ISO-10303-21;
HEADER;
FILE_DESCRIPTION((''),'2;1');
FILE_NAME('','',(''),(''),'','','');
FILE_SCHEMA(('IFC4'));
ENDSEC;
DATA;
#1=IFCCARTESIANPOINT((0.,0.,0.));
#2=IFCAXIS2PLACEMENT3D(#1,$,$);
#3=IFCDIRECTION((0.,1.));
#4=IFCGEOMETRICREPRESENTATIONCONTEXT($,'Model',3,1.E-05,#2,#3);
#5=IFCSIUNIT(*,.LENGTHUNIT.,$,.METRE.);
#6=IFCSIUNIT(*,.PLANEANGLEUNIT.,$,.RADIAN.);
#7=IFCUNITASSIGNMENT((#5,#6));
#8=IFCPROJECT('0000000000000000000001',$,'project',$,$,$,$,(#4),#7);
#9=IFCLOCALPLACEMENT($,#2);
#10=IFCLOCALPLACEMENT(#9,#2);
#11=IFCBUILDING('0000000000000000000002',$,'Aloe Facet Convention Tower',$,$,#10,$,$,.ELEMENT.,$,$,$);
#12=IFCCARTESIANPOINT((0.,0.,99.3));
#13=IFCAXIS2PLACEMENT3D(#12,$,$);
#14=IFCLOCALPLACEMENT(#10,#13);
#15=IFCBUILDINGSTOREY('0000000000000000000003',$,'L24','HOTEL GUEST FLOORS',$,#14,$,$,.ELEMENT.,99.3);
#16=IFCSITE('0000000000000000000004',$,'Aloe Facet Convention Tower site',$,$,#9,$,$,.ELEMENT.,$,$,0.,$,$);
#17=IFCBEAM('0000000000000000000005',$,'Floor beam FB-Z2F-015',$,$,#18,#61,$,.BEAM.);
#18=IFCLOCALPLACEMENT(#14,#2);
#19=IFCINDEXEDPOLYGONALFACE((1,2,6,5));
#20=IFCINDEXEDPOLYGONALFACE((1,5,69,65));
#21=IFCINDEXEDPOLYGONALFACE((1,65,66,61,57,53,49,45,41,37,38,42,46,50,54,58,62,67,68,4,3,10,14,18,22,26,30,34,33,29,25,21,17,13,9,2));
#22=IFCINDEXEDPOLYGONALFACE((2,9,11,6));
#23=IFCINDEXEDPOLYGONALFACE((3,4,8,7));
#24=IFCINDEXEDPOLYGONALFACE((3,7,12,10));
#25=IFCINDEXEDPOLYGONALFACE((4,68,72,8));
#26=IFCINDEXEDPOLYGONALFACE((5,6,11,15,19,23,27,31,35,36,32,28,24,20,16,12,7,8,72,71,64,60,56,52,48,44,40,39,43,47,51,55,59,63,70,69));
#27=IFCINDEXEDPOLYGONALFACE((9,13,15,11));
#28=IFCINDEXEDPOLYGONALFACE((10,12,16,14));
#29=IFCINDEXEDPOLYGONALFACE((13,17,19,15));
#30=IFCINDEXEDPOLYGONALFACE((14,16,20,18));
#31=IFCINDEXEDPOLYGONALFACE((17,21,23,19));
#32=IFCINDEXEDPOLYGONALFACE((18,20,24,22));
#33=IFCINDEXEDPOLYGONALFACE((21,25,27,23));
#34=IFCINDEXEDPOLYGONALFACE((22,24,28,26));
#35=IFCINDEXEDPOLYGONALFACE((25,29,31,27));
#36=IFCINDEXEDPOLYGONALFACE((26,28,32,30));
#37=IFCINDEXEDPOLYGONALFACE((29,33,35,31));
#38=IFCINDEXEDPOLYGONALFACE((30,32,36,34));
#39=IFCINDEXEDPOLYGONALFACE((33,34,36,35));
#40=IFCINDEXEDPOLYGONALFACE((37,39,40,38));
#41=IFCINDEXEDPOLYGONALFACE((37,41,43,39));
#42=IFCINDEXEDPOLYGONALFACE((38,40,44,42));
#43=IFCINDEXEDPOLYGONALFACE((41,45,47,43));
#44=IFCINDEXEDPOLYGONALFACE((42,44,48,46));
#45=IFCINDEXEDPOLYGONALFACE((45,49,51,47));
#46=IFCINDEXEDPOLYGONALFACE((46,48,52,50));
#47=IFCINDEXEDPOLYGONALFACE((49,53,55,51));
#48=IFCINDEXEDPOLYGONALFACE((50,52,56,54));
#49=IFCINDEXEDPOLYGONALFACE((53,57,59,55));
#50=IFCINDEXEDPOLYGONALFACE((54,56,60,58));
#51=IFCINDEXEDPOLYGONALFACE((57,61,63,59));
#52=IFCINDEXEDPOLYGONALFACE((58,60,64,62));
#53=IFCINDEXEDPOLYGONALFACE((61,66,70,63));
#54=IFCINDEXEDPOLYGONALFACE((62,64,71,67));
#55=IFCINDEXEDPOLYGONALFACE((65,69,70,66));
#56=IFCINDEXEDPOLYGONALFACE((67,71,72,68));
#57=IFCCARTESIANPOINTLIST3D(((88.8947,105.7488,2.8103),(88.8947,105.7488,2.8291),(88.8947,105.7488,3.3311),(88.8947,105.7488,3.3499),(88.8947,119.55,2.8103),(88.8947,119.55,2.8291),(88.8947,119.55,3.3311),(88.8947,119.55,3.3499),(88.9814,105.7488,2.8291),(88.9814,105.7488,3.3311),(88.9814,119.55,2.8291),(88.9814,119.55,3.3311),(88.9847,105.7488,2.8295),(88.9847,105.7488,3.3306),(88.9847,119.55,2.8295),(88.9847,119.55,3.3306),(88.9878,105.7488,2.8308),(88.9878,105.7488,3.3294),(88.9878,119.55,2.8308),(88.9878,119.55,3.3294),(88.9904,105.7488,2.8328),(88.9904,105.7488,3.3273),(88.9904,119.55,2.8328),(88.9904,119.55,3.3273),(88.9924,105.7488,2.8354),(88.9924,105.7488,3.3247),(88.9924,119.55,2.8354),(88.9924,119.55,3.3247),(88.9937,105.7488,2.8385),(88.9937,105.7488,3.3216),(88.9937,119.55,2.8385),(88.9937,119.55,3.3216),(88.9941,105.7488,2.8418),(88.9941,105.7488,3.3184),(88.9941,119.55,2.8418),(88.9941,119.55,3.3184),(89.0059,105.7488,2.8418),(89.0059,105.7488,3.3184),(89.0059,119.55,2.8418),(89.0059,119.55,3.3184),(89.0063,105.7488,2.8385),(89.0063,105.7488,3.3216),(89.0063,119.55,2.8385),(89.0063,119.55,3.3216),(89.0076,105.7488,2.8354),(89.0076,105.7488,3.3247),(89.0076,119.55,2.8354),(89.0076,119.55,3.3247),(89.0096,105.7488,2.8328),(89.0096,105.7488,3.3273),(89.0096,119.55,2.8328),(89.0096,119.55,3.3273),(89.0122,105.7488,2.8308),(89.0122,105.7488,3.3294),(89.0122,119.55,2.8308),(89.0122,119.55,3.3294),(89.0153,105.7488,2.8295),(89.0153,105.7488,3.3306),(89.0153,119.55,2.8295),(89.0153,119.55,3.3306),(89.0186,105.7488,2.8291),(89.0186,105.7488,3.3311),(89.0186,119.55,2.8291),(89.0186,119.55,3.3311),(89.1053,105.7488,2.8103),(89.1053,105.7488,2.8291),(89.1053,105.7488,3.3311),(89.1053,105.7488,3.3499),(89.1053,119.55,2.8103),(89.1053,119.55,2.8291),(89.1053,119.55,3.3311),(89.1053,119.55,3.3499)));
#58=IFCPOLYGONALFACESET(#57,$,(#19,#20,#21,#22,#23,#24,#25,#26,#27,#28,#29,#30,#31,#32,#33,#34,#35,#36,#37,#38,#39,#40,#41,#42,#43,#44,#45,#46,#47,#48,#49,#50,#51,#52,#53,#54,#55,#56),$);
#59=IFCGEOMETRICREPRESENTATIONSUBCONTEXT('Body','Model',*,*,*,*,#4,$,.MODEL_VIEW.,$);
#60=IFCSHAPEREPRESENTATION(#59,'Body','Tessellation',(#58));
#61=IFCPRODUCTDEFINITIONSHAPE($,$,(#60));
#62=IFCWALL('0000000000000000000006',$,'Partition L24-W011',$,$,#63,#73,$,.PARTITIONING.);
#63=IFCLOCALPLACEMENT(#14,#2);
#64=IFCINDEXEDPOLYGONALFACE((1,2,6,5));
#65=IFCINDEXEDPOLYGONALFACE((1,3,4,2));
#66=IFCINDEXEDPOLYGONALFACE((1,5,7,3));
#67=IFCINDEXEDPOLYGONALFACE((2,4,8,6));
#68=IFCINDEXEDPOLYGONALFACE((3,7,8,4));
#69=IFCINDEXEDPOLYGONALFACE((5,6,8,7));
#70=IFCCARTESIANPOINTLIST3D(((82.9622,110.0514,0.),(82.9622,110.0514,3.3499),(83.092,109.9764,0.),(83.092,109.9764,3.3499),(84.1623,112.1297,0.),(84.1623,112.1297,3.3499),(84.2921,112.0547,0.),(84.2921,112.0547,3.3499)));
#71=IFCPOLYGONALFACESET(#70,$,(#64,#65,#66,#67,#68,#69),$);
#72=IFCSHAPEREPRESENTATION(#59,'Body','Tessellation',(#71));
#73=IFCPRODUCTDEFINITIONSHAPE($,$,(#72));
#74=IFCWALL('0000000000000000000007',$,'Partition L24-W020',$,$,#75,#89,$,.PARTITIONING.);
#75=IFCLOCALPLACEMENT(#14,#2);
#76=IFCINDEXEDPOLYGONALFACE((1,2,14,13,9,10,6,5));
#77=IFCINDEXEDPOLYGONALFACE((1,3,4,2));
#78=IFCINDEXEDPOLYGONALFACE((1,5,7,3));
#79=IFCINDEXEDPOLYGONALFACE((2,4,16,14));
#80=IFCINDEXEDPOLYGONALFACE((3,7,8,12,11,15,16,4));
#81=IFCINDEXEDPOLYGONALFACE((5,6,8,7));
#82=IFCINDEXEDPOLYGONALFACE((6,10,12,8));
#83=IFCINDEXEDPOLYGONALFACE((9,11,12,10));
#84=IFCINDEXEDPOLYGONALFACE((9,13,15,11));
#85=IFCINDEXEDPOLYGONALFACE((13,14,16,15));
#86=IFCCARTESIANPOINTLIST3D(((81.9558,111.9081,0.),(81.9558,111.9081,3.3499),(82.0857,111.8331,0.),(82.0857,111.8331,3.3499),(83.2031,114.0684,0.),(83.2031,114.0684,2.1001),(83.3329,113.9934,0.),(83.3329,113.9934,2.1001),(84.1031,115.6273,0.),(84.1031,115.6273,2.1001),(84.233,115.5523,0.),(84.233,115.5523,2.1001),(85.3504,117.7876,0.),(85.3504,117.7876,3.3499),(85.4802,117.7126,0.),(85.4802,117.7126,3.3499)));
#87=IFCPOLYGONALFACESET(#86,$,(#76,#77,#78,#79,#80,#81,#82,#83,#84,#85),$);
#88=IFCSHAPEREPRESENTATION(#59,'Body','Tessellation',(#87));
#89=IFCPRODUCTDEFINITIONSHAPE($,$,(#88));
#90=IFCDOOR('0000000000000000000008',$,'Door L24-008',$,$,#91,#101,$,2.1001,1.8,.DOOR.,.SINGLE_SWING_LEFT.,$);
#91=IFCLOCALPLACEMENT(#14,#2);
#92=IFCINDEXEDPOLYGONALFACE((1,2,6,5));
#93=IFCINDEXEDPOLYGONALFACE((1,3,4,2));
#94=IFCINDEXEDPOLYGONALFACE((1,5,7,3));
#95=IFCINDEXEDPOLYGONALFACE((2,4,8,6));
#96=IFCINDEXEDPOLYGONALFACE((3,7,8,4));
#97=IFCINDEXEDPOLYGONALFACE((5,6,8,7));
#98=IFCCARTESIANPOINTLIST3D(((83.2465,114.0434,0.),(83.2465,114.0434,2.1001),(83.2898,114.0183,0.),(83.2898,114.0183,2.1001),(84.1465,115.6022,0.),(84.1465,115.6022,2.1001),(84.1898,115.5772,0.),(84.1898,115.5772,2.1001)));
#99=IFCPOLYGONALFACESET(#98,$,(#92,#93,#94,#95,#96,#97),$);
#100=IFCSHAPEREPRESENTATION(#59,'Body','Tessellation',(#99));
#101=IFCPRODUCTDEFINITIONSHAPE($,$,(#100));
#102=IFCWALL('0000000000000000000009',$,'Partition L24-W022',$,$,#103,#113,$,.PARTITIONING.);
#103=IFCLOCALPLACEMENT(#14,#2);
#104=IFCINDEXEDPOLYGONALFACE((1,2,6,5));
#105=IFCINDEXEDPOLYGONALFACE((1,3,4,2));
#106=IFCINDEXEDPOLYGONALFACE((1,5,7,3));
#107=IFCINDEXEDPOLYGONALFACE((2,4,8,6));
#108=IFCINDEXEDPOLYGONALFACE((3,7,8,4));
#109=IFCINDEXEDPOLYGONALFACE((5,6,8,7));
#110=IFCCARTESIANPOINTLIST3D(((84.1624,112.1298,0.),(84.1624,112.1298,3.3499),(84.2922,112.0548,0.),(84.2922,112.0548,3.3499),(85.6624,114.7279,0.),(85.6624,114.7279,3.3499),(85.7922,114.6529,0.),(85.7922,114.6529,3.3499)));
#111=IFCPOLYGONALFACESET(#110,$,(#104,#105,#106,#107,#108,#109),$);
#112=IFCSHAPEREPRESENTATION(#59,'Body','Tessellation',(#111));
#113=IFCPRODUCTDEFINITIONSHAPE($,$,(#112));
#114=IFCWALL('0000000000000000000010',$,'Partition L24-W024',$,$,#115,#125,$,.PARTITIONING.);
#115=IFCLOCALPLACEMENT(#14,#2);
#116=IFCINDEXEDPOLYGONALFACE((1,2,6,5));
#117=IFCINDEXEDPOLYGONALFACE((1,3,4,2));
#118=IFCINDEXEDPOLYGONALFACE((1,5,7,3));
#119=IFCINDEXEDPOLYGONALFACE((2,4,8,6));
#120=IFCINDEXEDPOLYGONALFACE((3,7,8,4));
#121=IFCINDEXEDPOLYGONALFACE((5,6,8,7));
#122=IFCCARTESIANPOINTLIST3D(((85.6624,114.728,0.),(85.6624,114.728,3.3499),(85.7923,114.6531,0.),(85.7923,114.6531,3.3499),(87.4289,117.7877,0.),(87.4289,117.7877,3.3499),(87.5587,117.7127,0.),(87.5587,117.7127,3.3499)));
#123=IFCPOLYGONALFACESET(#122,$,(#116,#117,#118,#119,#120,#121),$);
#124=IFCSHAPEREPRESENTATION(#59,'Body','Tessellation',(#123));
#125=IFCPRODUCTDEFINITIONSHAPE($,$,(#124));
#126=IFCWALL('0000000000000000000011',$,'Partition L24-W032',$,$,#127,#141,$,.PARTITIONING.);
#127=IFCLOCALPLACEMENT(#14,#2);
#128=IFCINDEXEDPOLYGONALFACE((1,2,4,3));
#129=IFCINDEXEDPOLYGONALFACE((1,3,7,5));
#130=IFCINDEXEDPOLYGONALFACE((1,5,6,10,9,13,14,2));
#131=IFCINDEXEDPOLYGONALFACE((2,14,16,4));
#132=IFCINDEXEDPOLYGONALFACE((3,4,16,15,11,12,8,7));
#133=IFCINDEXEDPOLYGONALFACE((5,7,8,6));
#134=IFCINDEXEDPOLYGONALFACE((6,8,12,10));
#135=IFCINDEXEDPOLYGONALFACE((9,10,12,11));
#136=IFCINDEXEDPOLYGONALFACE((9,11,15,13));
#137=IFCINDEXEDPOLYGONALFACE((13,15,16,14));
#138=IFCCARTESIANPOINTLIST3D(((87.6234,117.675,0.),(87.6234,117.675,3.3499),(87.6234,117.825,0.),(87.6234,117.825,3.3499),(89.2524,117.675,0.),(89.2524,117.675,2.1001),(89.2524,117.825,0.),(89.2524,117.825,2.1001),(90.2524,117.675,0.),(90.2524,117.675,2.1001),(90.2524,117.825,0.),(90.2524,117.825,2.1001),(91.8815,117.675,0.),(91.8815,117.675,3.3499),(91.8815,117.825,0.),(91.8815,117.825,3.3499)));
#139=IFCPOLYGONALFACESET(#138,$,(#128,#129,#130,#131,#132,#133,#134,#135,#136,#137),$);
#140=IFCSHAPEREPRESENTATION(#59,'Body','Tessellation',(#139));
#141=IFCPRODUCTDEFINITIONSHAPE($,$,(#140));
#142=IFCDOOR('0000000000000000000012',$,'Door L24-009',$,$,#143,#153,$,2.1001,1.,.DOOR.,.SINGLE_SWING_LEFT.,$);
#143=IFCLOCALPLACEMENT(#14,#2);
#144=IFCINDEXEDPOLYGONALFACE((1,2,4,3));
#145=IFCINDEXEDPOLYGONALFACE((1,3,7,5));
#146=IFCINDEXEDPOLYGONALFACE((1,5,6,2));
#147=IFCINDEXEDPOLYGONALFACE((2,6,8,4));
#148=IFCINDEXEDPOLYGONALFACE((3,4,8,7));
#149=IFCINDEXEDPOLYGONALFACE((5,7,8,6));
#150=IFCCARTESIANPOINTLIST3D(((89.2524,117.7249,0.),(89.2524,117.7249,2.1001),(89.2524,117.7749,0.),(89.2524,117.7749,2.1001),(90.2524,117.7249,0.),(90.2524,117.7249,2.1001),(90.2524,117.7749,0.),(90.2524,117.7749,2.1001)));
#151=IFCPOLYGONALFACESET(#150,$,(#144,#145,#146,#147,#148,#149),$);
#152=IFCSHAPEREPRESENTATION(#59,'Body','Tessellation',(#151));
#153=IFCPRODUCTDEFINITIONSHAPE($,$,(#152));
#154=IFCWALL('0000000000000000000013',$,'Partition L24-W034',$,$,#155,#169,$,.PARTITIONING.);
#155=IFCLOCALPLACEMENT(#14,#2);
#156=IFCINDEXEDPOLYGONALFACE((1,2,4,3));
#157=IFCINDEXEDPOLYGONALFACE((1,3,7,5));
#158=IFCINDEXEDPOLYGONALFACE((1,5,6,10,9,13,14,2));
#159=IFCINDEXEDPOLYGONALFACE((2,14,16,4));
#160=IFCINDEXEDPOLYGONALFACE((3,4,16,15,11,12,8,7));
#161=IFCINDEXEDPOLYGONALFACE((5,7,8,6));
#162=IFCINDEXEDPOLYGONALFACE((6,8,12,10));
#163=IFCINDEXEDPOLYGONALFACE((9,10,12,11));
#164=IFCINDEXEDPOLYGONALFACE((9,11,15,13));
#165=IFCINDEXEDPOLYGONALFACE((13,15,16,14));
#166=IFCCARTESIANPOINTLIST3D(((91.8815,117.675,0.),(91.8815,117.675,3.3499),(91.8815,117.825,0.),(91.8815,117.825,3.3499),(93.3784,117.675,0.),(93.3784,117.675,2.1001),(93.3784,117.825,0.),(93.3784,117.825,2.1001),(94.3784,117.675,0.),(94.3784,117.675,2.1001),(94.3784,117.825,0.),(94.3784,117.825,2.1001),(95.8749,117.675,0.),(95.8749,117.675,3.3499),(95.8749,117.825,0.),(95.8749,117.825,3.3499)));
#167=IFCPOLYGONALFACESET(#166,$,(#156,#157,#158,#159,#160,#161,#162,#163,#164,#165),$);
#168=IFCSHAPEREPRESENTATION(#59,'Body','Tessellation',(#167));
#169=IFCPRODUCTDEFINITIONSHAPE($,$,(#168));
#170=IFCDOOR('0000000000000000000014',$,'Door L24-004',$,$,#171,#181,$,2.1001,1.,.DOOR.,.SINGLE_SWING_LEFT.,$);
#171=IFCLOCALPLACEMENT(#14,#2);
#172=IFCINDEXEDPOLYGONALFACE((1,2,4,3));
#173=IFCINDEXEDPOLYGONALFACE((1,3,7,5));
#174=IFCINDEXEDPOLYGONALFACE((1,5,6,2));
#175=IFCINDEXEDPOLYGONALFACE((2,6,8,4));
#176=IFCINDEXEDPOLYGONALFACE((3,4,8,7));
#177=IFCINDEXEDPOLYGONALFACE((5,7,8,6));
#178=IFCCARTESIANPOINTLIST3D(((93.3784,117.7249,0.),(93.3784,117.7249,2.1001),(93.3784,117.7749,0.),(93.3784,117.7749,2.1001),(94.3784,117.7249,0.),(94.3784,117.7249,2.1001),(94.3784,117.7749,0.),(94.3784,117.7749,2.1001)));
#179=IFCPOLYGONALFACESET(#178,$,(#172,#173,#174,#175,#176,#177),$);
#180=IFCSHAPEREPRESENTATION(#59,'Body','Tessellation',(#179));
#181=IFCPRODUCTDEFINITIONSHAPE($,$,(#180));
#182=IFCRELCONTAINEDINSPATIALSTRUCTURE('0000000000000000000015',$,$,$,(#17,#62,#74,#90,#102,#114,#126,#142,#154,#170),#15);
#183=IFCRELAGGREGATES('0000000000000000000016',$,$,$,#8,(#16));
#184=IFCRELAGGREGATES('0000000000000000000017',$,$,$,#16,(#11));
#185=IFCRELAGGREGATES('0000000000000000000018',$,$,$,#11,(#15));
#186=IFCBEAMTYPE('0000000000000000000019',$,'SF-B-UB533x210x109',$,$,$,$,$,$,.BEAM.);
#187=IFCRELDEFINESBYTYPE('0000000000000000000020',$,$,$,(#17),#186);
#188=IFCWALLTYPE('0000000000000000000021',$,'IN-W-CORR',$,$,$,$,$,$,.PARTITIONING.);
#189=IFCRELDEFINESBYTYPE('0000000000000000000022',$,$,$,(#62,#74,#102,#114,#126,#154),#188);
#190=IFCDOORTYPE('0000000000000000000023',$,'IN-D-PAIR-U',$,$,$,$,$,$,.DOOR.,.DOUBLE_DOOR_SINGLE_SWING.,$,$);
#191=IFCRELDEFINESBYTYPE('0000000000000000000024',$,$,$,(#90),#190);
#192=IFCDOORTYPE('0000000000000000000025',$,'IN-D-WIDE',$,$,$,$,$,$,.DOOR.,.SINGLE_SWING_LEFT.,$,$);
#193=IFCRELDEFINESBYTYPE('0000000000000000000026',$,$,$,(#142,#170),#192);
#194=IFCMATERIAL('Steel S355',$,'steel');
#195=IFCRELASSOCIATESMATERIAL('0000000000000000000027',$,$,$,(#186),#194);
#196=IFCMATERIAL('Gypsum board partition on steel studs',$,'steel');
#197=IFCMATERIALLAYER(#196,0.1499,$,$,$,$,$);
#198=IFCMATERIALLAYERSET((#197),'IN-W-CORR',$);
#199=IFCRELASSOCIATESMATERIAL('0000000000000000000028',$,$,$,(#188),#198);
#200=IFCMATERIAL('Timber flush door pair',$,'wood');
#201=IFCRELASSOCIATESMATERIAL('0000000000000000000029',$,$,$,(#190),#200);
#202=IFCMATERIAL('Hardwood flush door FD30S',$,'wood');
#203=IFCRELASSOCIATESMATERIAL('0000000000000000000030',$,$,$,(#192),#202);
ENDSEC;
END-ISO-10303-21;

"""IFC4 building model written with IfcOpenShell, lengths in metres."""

from ifc_helpers import new_model, si_unit, direction, frame, frame_2d, origin, origin_2d, place, context, subcontext, project, spatial, rectangle, i_section, extrude, material, layer, layer_set, material_profile, profile_set, type_object, element, fill, save


model = new_model("IFC4")

# Units and contexts
model_context = context("Model", 3, precision=1e-05, world=origin(), true_north=direction((0.0, 1.0)))
body_context = subcontext(model_context, "Body", "Model", "MODEL_VIEW")
ifc_project = project(units=[si_unit("LENGTHUNIT", "METRE"), si_unit("PLANEANGLEUNIT", "RADIAN")], contexts=[model_context])

# Site, building, storey
site_placement = place(None, origin())
site = spatial("IfcSite", under=ifc_project, at=site_placement, Name="Aloe Facet Convention Tower site", CompositionType="ELEMENT", RefElevation=0.0)
building_placement = place(site_placement, origin())
building = spatial("IfcBuilding", under=site, at=building_placement, Name="Aloe Facet Convention Tower", CompositionType="ELEMENT")
storey_placement = place(building_placement, frame((0.0, 0.0, 99.3)))
storey = spatial("IfcBuildingStorey", under=building, at=storey_placement, Name="L24", Description="HOTEL GUEST FLOORS", CompositionType="ELEMENT", Elevation=99.3)

# Beam
ifc_material_1 = material(Name="Steel S355", Category="steel")
ifc_material_profile_1 = material_profile(ifc_material_1, i_section(OverallWidth=0.2107, OverallDepth=0.5396, WebThickness=0.0117, FlangeThickness=0.0188, FilletRadius=0.0127, at=origin_2d()), Name="UB 533x210x109")
ifc_profile_set_1 = profile_set([ifc_material_profile_1], Name="Steel S355")
beam_type_1 = type_object("IfcBeamType", Name="SF-B-UB533x210x109", PredefinedType="BEAM", material=ifc_profile_set_1)
beam_1_placement = place(storey_placement, frame((89.0, 119.55, 3.0801), z_axis=(0.0, -1.0, 0.0), x_axis=(1.0, 0.0, 0.0)))
element("IfcBeam", 1, at=beam_1_placement, inside=storey, type_object=beam_type_1, Name="Floor beam FB-Z2F-015", PredefinedType="BEAM", context=body_context, shape_type="SweptSolid", body=[
    extrude(i_section(OverallWidth=0.2107, OverallDepth=0.5396, WebThickness=0.0117, FlangeThickness=0.0188, FilletRadius=0.0127, at=origin_2d()), origin(), (0.0, 0.0, 1.0), 13.8013),
])

# Wall
ifc_material_2 = material(Name="Gypsum board partition on steel studs", Category="steel")
ifc_layer_1 = layer(ifc_material_2, 0.1499)
ifc_layer_set_1 = layer_set([ifc_layer_1], Name="IN-W-CORR")
wall_type_1 = type_object("IfcWallType", Name="IN-W-CORR", PredefinedType="PARTITIONING", material=ifc_layer_set_1)
wall_1_placement = place(storey_placement, frame((83.0271, 110.0139, 0.0), z_axis=(0.0, 0.0, 1.0), x_axis=(0.500078, 0.865981, 0.0)))
element("IfcWall", 2, at=wall_1_placement, inside=storey, type_object=wall_type_1, Name="Partition L24-W011", PredefinedType="PARTITIONING", context=body_context, shape_type="SweptSolid", body=[
    extrude(rectangle(XDim=2.3999, YDim=0.1499, at=frame_2d((1.2, 0.0))), origin(), (0.0, 0.0, 1.0), 3.3499),
])

# Wall, opening, door
wall_2_placement = place(storey_placement, frame((82.0208, 111.8706, 0.0), z_axis=(0.0, 0.0, 1.0), x_axis=(0.500007, 0.866021, 0.0)))
wall_2 = element("IfcWall", 3, at=wall_2_placement, inside=storey, type_object=wall_type_1, Name="Partition L24-W020", PredefinedType="PARTITIONING", context=body_context, shape_type="SweptSolid", body=[
    extrude(rectangle(XDim=6.7891, YDim=0.1499, at=frame_2d((3.3945, 0.0))), origin(), (0.0, 0.0, 1.0), 3.3499),
])
opening_1_placement = place(wall_2_placement, frame((2.4946, 0.0, 0.0)))
opening_1 = element("IfcOpeningElement", 4, at=opening_1_placement, cuts=wall_2, PredefinedType="OPENING", context=body_context, shape_type="SweptSolid", body=[
    extrude(rectangle(XDim=1.8, YDim=2.1001, at=frame_2d((0.8999, 1.05))), frame((0.0, 0.085, 0.0), z_axis=(0.0, -1.0, 0.0), x_axis=(1.0, 0.0, 0.0)), (0.0, 0.0, 1.0), 0.1699),
])
ifc_material_3 = material(Name="Timber flush door pair", Category="wood")
door_type_1 = type_object("IfcDoorType", Name="IN-D-PAIR-U", OperationType="DOUBLE_DOOR_SINGLE_SWING", PredefinedType="DOOR", material=ifc_material_3)
door_1_placement = place(opening_1_placement, origin())
door_1 = element("IfcDoor", 5, at=door_1_placement, inside=storey, type_object=door_type_1, Name="Door L24-008", OperationType="SINGLE_SWING_LEFT", OverallHeight=2.1001, OverallWidth=1.8, PredefinedType="DOOR", context=body_context, shape_type="SweptSolid", body=[
    extrude(rectangle(XDim=1.8, YDim=2.1001, at=frame_2d((0.8999, 1.05))), frame((0.0, 0.0249, 0.0), z_axis=(0.0, -1.0, 0.0), x_axis=(1.0, 0.0, 0.0)), (0.0, 0.0, 1.0), 0.05),
])
fill(opening_1, door_1)

# Walls
wall_3_placement = place(storey_placement, frame((84.2273, 112.0923, 0.0), z_axis=(0.0, 0.0, 1.0), x_axis=(0.49999, 0.866031, 0.0)))
element("IfcWall", 6, at=wall_3_placement, inside=storey, type_object=wall_type_1, Name="Partition L24-W022", PredefinedType="PARTITIONING", context=body_context, shape_type="SweptSolid", body=[
    extrude(rectangle(XDim=3.0, YDim=0.1499, at=frame_2d((1.5, 0.0))), origin(), (0.0, 0.0, 1.0), 3.3499),
])
wall_4_placement = place(storey_placement, frame((85.7273, 114.6904, 0.0), z_axis=(0.0, 0.0, 1.0), x_axis=(0.499982, 0.866036, 0.0)))
element("IfcWall", 7, at=wall_4_placement, inside=storey, type_object=wall_type_1, Name="Partition L24-W024", PredefinedType="PARTITIONING", context=body_context, shape_type="SweptSolid", body=[
    extrude(rectangle(XDim=3.533, YDim=0.1499, at=frame_2d((1.7666, 0.0))), origin(), (0.0, 0.0, 1.0), 3.3499),
])

# Walls, openings, doors
wall_5_placement = place(storey_placement, frame((87.6235, 117.75, 0.0), z_axis=(0.0, 0.0, 1.0), x_axis=(1.0, 0.0, 0.0)))
wall_5 = element("IfcWall", 8, at=wall_5_placement, inside=storey, type_object=wall_type_1, Name="Partition L24-W032", PredefinedType="PARTITIONING", context=body_context, shape_type="SweptSolid", body=[
    extrude(rectangle(XDim=4.2581, YDim=0.1499, at=frame_2d((2.1289, 0.0))), origin(), (0.0, 0.0, 1.0), 3.3499),
])
opening_2_placement = place(wall_5_placement, frame((1.6289, 0.0, 0.0)))
opening_2 = element("IfcOpeningElement", 9, at=opening_2_placement, cuts=wall_5, PredefinedType="OPENING", context=body_context, shape_type="SweptSolid", body=[
    extrude(rectangle(XDim=1.0, YDim=2.1001, at=frame_2d((0.5, 1.05))), frame((0.0, 0.085, 0.0), z_axis=(0.0, -1.0, 0.0), x_axis=(1.0, 0.0, 0.0)), (0.0, 0.0, 1.0), 0.1699),
])
ifc_material_4 = material(Name="Hardwood flush door FD30S", Category="wood")
door_type_2 = type_object("IfcDoorType", Name="IN-D-WIDE", OperationType="SINGLE_SWING_LEFT", PredefinedType="DOOR", material=ifc_material_4)
door_2_placement = place(opening_2_placement, origin())
door_2 = element("IfcDoor", 10, at=door_2_placement, inside=storey, type_object=door_type_2, Name="Door L24-009", OperationType="SINGLE_SWING_LEFT", OverallHeight=2.1001, OverallWidth=1.0, PredefinedType="DOOR", context=body_context, shape_type="SweptSolid", body=[
    extrude(rectangle(XDim=1.0, YDim=2.1001, at=frame_2d((0.5, 1.05))), frame((0.0, 0.0249, 0.0), z_axis=(0.0, -1.0, 0.0), x_axis=(1.0, 0.0, 0.0)), (0.0, 0.0, 1.0), 0.05),
])
fill(opening_2, door_2)
wall_6_placement = place(storey_placement, frame((91.8816, 117.75, 0.0), z_axis=(0.0, 0.0, 1.0), x_axis=(1.0, 0.0, 0.0)))
wall_6 = element("IfcWall", 11, at=wall_6_placement, inside=storey, type_object=wall_type_1, Name="Partition L24-W034", PredefinedType="PARTITIONING", context=body_context, shape_type="SweptSolid", body=[
    extrude(rectangle(XDim=3.9934, YDim=0.1499, at=frame_2d((1.9966, 0.0))), origin(), (0.0, 0.0, 1.0), 3.3499),
])
opening_3_placement = place(wall_6_placement, frame((1.4968, 0.0, 0.0)))
opening_3 = element("IfcOpeningElement", 12, at=opening_3_placement, cuts=wall_6, PredefinedType="OPENING", context=body_context, shape_type="SweptSolid", body=[
    extrude(rectangle(XDim=1.0, YDim=2.1001, at=frame_2d((0.5, 1.05))), frame((0.0, 0.085, 0.0), z_axis=(0.0, -1.0, 0.0), x_axis=(1.0, 0.0, 0.0)), (0.0, 0.0, 1.0), 0.1699),
])
door_3_placement = place(opening_3_placement, origin())
door_3 = element("IfcDoor", 13, at=door_3_placement, inside=storey, type_object=door_type_2, Name="Door L24-004", OperationType="SINGLE_SWING_LEFT", OverallHeight=2.1001, OverallWidth=1.0, PredefinedType="DOOR", context=body_context, shape_type="SweptSolid", body=[
    extrude(rectangle(XDim=1.0, YDim=2.1001, at=frame_2d((0.5, 1.05))), frame((0.0, 0.0249, 0.0), z_axis=(0.0, -1.0, 0.0), x_axis=(1.0, 0.0, 0.0)), (0.0, 0.0, 1.0), 0.05),
])
fill(opening_3, door_3)

save(model, "model.ifc")
